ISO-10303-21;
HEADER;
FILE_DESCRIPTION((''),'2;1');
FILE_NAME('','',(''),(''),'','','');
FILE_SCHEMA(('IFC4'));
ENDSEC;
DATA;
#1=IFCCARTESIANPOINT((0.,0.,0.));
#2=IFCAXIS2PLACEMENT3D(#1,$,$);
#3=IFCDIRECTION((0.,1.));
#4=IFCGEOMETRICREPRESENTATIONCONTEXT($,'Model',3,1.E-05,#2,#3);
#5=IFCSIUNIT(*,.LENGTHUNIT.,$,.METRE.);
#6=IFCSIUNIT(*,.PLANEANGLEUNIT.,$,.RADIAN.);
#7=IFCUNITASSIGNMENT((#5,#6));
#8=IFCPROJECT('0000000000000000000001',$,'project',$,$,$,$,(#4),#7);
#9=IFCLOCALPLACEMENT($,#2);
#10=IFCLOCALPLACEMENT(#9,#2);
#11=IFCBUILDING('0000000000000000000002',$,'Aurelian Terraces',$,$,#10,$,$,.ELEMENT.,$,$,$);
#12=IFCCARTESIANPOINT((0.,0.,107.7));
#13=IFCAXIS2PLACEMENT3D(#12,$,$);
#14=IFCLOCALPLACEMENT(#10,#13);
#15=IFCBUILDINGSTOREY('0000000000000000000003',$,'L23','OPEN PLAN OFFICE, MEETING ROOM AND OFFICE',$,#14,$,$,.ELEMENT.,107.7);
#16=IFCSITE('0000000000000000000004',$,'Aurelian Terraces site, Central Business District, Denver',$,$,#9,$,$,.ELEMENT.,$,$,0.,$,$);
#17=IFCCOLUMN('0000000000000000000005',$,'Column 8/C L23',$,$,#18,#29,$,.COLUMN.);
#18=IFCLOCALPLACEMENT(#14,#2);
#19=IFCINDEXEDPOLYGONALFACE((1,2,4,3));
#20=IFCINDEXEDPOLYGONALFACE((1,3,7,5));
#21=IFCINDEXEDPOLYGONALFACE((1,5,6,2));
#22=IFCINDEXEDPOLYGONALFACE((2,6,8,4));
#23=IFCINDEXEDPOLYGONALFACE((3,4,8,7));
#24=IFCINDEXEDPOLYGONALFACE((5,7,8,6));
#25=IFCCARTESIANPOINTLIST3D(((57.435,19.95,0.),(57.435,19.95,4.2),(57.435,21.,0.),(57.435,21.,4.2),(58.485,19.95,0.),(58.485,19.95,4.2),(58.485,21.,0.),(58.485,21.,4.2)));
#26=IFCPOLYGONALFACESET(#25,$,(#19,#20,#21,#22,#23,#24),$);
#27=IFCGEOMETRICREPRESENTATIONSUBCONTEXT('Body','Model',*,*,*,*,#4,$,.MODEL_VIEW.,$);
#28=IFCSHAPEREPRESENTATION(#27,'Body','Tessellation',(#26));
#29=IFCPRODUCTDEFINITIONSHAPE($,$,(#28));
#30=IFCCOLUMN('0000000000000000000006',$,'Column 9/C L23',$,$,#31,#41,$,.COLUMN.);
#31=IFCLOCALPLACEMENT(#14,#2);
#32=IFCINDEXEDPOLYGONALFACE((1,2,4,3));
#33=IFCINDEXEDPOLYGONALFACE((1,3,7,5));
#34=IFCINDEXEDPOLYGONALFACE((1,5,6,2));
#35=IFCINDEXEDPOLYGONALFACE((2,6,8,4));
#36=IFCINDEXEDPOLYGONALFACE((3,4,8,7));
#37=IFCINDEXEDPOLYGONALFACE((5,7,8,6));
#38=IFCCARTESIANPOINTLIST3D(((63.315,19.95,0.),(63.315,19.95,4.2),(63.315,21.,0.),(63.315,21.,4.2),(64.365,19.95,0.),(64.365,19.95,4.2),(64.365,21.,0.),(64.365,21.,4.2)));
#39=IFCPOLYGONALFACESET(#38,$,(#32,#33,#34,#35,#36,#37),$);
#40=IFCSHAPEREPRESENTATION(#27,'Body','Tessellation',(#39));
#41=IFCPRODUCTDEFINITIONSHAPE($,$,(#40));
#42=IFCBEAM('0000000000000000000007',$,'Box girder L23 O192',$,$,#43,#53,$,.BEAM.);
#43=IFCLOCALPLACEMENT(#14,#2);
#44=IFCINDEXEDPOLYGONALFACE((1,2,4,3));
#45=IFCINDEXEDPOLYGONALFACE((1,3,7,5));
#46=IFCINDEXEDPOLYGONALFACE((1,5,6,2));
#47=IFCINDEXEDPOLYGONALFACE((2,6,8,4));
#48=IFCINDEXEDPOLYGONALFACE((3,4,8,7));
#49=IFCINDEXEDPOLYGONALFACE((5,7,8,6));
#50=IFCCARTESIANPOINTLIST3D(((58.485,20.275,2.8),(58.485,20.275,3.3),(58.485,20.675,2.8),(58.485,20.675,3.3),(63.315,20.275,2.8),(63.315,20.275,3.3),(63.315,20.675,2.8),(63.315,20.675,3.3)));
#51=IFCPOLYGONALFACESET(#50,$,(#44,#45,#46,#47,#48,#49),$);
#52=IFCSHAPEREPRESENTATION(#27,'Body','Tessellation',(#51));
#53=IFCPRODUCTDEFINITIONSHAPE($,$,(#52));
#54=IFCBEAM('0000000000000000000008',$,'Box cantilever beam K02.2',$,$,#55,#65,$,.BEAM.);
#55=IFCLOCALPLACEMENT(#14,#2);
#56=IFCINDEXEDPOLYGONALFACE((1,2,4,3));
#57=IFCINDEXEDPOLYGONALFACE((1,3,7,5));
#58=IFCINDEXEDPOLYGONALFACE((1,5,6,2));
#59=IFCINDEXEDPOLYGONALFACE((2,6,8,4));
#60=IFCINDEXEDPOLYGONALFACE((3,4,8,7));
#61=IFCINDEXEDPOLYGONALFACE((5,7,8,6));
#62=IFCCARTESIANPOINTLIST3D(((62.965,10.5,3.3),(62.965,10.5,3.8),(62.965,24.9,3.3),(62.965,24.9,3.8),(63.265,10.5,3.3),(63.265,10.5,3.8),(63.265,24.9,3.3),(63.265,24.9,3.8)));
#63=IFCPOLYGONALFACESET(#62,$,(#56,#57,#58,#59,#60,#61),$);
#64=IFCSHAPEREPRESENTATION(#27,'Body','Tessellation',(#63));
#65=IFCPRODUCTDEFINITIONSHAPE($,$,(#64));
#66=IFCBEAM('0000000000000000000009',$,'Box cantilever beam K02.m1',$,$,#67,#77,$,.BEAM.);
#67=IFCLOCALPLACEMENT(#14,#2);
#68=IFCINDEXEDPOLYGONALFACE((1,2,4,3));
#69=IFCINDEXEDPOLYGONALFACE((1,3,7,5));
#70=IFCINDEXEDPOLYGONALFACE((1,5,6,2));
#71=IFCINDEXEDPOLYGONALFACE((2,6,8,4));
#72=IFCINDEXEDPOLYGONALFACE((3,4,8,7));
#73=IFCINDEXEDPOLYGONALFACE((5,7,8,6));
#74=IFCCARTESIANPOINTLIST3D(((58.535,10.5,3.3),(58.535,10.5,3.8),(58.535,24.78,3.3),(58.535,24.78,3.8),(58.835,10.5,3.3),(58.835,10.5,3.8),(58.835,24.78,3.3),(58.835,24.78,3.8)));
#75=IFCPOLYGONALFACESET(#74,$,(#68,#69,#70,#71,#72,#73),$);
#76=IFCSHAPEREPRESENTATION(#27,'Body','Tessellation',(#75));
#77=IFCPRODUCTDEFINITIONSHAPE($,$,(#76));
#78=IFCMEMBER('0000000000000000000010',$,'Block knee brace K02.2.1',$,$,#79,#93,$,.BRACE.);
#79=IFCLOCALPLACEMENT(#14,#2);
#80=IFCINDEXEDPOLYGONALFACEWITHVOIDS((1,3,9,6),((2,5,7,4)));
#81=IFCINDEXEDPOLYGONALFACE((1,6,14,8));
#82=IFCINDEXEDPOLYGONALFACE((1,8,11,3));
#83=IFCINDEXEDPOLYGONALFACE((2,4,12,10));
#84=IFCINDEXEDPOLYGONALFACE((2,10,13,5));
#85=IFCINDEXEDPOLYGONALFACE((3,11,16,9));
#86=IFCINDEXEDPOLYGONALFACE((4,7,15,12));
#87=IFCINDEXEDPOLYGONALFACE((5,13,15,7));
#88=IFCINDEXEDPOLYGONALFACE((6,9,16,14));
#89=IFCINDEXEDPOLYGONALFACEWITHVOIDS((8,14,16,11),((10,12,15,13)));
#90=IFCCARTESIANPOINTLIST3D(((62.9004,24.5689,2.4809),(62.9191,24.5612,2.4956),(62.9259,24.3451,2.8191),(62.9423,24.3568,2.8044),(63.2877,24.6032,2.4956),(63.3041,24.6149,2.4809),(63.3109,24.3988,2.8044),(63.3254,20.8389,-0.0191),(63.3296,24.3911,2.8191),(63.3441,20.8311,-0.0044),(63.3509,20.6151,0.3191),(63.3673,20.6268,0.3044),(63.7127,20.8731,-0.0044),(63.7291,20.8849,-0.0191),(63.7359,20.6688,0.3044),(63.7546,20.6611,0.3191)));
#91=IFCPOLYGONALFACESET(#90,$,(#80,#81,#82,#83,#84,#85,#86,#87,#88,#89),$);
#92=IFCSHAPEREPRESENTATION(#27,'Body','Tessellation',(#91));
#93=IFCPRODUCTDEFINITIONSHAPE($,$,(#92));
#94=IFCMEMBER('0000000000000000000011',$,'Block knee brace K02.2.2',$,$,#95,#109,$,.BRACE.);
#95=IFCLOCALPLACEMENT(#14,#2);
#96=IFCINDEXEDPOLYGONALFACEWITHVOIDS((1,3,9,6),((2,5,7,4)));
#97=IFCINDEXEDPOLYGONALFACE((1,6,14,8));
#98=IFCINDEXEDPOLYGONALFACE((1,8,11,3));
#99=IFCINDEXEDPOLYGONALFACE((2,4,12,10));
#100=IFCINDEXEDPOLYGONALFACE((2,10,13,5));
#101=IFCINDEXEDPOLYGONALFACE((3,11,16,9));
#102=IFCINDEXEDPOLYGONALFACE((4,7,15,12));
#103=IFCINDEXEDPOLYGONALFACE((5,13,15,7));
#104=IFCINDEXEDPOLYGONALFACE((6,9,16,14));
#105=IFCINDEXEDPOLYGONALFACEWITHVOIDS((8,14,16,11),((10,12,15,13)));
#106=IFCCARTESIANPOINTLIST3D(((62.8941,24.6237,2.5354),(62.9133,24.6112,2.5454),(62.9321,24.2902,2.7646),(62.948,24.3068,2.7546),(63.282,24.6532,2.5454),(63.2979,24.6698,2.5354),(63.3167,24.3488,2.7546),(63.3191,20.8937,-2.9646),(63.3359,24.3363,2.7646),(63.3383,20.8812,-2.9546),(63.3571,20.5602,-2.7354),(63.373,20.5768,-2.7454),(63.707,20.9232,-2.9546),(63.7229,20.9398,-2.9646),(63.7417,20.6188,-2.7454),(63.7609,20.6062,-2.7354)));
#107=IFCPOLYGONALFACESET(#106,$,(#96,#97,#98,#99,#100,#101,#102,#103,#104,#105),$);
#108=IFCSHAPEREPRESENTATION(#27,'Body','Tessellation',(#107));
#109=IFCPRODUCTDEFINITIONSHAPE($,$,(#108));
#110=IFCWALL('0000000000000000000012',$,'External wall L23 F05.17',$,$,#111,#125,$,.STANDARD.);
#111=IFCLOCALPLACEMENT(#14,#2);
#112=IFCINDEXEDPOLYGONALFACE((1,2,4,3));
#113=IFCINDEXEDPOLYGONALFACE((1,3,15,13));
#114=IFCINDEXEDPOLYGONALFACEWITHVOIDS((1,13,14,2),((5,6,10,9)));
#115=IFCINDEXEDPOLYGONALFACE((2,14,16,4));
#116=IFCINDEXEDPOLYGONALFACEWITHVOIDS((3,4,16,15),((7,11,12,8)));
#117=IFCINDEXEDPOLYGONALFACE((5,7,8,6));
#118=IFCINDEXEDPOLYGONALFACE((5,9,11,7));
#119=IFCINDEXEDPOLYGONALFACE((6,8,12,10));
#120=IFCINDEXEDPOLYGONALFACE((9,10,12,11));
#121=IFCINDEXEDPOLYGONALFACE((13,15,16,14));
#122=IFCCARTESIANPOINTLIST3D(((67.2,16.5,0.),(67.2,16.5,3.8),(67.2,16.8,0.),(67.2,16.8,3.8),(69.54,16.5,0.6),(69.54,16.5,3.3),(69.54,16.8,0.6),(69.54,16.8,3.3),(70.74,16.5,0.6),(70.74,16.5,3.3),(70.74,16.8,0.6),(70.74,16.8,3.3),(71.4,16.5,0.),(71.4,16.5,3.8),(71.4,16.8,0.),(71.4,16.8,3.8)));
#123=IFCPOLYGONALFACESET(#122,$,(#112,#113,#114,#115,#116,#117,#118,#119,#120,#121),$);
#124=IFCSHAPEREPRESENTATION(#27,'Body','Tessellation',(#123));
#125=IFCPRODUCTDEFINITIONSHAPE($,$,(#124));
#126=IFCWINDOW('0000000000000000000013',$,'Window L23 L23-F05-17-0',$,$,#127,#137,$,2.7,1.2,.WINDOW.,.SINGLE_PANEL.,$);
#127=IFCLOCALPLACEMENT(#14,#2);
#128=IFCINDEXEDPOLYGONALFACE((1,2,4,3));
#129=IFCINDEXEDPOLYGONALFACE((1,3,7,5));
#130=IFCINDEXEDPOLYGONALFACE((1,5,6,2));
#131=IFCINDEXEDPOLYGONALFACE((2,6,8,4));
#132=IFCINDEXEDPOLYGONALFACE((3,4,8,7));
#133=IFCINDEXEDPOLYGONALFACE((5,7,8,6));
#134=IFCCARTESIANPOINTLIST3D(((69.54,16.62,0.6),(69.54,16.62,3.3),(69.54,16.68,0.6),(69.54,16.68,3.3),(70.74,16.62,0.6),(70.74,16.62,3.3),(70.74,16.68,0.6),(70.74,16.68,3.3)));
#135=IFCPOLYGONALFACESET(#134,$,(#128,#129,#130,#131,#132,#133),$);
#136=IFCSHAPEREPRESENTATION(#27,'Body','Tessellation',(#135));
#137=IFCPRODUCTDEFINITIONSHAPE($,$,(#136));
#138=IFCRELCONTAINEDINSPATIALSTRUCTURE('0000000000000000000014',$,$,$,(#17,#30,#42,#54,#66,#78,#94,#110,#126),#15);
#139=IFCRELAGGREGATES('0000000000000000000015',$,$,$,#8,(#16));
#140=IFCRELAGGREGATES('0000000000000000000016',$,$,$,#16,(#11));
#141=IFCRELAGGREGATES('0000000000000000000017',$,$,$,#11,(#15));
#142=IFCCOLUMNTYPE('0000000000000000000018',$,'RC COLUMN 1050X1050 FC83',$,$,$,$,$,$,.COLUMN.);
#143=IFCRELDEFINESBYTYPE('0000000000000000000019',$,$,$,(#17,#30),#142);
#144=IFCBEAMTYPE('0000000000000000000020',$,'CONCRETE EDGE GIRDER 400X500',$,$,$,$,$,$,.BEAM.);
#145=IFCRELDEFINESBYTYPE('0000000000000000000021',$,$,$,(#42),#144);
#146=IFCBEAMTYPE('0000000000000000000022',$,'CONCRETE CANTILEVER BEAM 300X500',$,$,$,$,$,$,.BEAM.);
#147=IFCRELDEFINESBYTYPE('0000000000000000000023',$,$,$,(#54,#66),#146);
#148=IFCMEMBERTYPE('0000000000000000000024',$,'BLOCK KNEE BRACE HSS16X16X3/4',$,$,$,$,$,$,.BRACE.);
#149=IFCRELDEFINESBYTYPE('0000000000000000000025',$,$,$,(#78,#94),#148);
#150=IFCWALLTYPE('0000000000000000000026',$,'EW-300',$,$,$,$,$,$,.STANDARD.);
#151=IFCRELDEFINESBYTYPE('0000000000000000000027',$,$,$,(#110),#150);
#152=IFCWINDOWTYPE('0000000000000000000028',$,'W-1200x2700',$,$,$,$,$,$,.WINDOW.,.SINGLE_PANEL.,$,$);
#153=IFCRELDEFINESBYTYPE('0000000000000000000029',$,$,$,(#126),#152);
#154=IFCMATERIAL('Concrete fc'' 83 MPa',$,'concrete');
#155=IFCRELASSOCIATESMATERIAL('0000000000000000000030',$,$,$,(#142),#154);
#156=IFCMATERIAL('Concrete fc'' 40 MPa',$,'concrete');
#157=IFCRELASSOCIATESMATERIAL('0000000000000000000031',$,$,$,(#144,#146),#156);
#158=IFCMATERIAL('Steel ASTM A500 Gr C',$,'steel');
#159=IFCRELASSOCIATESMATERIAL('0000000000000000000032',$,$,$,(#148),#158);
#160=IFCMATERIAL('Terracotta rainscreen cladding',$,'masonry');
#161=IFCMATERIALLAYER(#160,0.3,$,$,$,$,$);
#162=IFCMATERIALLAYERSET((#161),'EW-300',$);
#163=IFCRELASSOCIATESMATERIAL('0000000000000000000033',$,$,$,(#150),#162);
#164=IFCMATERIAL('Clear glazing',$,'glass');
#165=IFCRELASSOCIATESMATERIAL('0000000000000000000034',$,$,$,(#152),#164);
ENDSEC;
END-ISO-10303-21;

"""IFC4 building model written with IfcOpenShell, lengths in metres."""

from ifc_helpers import new_model, si_unit, direction, frame, frame_2d, origin, origin_2d, place, context, subcontext, project, spatial, rectangle, hollow_rectangle, extrude, source, transform, mapped, material, layer, layer_set, material_profile, profile_set, type_object, element, fill, save


model = new_model("IFC4")

# Units and contexts
model_context = context("Model", 3, precision=1e-05, world=origin(), true_north=direction((0.0, 1.0)))
body_context = subcontext(model_context, "Body", "Model", "MODEL_VIEW")
ifc_project = project(units=[si_unit("LENGTHUNIT", "METRE"), si_unit("PLANEANGLEUNIT", "RADIAN")], contexts=[model_context])

# Site, building, storey
site_placement = place(None, origin())
site = spatial("IfcSite", under=ifc_project, at=site_placement, Name="Aurelian Terraces site, Central Business District, Denver", CompositionType="ELEMENT", RefElevation=0.0)
building_placement = place(site_placement, origin())
building = spatial("IfcBuilding", under=site, at=building_placement, Name="Aurelian Terraces", CompositionType="ELEMENT")
storey_placement = place(building_placement, frame((0.0, 0.0, 107.7)))
storey = spatial("IfcBuildingStorey", under=building, at=storey_placement, Name="L23", Description="OPEN PLAN OFFICE, MEETING ROOM AND OFFICE", CompositionType="ELEMENT", Elevation=107.7)

# Columns
ifc_material_1 = material(Name="Concrete fc' 83 MPa", Category="concrete")
ifc_material_profile_1 = material_profile(ifc_material_1, rectangle(XDim=1.05, YDim=1.05, at=origin_2d()))
ifc_profile_set_1 = profile_set([ifc_material_profile_1], Name="Concrete fc' 83 MPa")
column_type = type_object("IfcColumnType", Name="RC COLUMN 1050X1050 FC83", PredefinedType="COLUMN", material=ifc_profile_set_1)
shared_shape_1 = source(origin(), body_context, "Body", "SweptSolid", [
    extrude(rectangle(XDim=1.05, YDim=1.05, at=origin_2d()), origin(), (0.0, 0.0, 1.0), 4.2),
])
for number, where, z_axis, x_axis, name in (
    (1, (57.96, 20.475, 0.0), (0.0, 0.0, 1.0), (1.0, 0.0, 0.0), "Column 8/C L23"),
    (2, (63.84, 20.475, 0.0), (0.0, 0.0, 1.0), (1.0, 0.0, 0.0), "Column 9/C L23"),
):
    element("IfcColumn", number, at=place(storey_placement, frame(where, z_axis=z_axis, x_axis=x_axis)), inside=storey, type_object=column_type, Name=name, PredefinedType="COLUMN", context=body_context, shape_type="MappedRepresentation", body=[
        mapped(shared_shape_1, transform((0.0, 0.0, 0.0), scale=1.0)),
    ])

# Beams
ifc_material_2 = material(Name="Concrete fc' 40 MPa", Category="concrete")
ifc_material_profile_2 = material_profile(ifc_material_2, rectangle(XDim=0.4, YDim=0.5, at=origin_2d()))
ifc_profile_set_2 = profile_set([ifc_material_profile_2], Name="Concrete fc' 40 MPa")
beam_type_1 = type_object("IfcBeamType", Name="CONCRETE EDGE GIRDER 400X500", PredefinedType="BEAM", material=ifc_profile_set_2)
shared_shape_2 = source(origin(), body_context, "Body", "SweptSolid", [
    extrude(rectangle(XDim=0.4, YDim=0.5, at=origin_2d()), origin(), (0.0, 0.0, 1.0), 4.83),
])
beam_1_placement = place(storey_placement, frame((58.485, 20.475, 3.05), z_axis=(1.0, 0.0, 0.0), x_axis=(0.0, 1.0, 0.0)))
element("IfcBeam", 3, at=beam_1_placement, inside=storey, type_object=beam_type_1, Name="Box girder L23 O192", PredefinedType="BEAM", context=body_context, shape_type="MappedRepresentation", body=[
    mapped(shared_shape_2, transform((0.0, 0.0, 0.0), scale=1.0)),
])
ifc_material_profile_3 = material_profile(ifc_material_2, rectangle(XDim=0.3, YDim=0.5, at=origin_2d()))
ifc_profile_set_3 = profile_set([ifc_material_profile_3], Name="Concrete fc' 40 MPa")
beam_type_2 = type_object("IfcBeamType", Name="CONCRETE CANTILEVER BEAM 300X500", PredefinedType="BEAM", material=ifc_profile_set_3)
shared_shape_3 = source(origin(), body_context, "Body", "SweptSolid", [
    extrude(rectangle(XDim=0.3, YDim=0.5, at=origin_2d()), origin(), (0.0, 0.0, 1.0), 14.4),
])
beam_2_placement = place(storey_placement, frame((63.115, 24.9, 3.55), z_axis=(0.0, -1.0, 0.0), x_axis=(1.0, 0.0, 0.0)))
element("IfcBeam", 4, at=beam_2_placement, inside=storey, type_object=beam_type_2, Name="Box cantilever beam K02.2", PredefinedType="BEAM", context=body_context, shape_type="MappedRepresentation", body=[
    mapped(shared_shape_3, transform((0.0, 0.0, 0.0), scale=1.0)),
])
shared_shape_4 = source(origin(), body_context, "Body", "SweptSolid", [
    extrude(rectangle(XDim=0.3, YDim=0.5, at=origin_2d()), origin(), (0.0, 0.0, 1.0), 14.28),
])
beam_3_placement = place(storey_placement, frame((58.685, 24.78, 3.55), z_axis=(0.0, -1.0, 0.0), x_axis=(1.0, 0.0, 0.0)))
element("IfcBeam", 5, at=beam_3_placement, inside=storey, type_object=beam_type_2, Name="Box cantilever beam K02.m1", PredefinedType="BEAM", context=body_context, shape_type="MappedRepresentation", body=[
    mapped(shared_shape_4, transform((0.0, 0.0, 0.0), scale=1.0)),
])

# Members
ifc_material_3 = material(Name="Steel ASTM A500 Gr C", Category="steel")
ifc_material_profile_4 = material_profile(ifc_material_3, hollow_rectangle(XDim=0.4064, YDim=0.4064, WallThickness=0.0177, at=origin_2d()))
ifc_profile_set_4 = profile_set([ifc_material_profile_4], Name="Steel ASTM A500 Gr C")
member_type = type_object("IfcMemberType", Name="BLOCK KNEE BRACE HSS16X16X3/4", PredefinedType="BRACE", material=ifc_profile_set_4)
shared_shape_5 = source(origin(), body_context, "Body", "SweptSolid", [
    extrude(hollow_rectangle(XDim=0.4064, YDim=0.4064, WallThickness=0.0177, at=origin_2d()), origin(), (0.0, 0.0, 1.0), 4.5104),
])
member_1_placement = place(storey_placement, frame((63.115, 24.48, 2.65), z_axis=(0.094227, -0.826981, -0.554277), x_axis=(0.993571, 0.113209, 0.0)))
element("IfcMember", 6, at=member_1_placement, inside=storey, type_object=member_type, Name="Block knee brace K02.2.1", PredefinedType="BRACE", context=body_context, shape_type="MappedRepresentation", body=[
    mapped(shared_shape_5, transform((0.0, 0.0, 0.0), scale=1.0)),
])
shared_shape_6 = source(origin(), body_context, "Body", "SweptSolid", [
    extrude(hollow_rectangle(XDim=0.4064, YDim=0.4064, WallThickness=0.0177, at=origin_2d()), origin(), (0.0, 0.0, 1.0), 6.6591),
])
member_2_placement = place(storey_placement, frame((63.115, 24.48, 2.65), z_axis=(0.063823, -0.560136, -0.825938), x_axis=(0.993571, 0.113209, 0.0)))
element("IfcMember", 7, at=member_2_placement, inside=storey, type_object=member_type, Name="Block knee brace K02.2.2", PredefinedType="BRACE", context=body_context, shape_type="MappedRepresentation", body=[
    mapped(shared_shape_6, transform((0.0, 0.0, 0.0), scale=1.0)),
])

# Wall, opening, window
ifc_material_4 = material(Name="Terracotta rainscreen cladding", Category="masonry")
ifc_layer_1 = layer(ifc_material_4, 0.3)
ifc_layer_set_1 = layer_set([ifc_layer_1], Name="EW-300")
wall_type_1 = type_object("IfcWallType", Name="EW-300", PredefinedType="STANDARD", material=ifc_layer_set_1)
shared_shape_7 = source(origin(), body_context, "Body", "SweptSolid", [
    extrude(rectangle(XDim=4.2, YDim=0.3, at=frame_2d((2.1, 0.0))), origin(), (0.0, 0.0, 1.0), 3.8),
])
wall_1_placement = place(storey_placement, frame((71.4, 16.65, 0.0), z_axis=(0.0, 0.0, 1.0), x_axis=(-1.0, 0.0, 0.0)))
wall_1 = element("IfcWall", 8, at=wall_1_placement, inside=storey, type_object=wall_type_1, Name="External wall L23 F05.17", PredefinedType="STANDARD", context=body_context, shape_type="MappedRepresentation", body=[
    mapped(shared_shape_7, transform((0.0, 0.0, 0.0), scale=1.0)),
])
shared_shape_8 = source(origin(), body_context, "Body", "SweptSolid", [
    extrude(rectangle(XDim=1.2, YDim=2.7, at=frame_2d((0.6, 1.35))), frame((0.0, 0.16, 0.0), z_axis=(0.0, -1.0, 0.0), x_axis=(1.0, 0.0, 0.0)), (0.0, 0.0, 1.0), 0.32),
])
opening_1_placement = place(wall_1_placement, frame((0.66, 0.0, 0.6)))
opening_1 = element("IfcOpeningElement", 9, at=opening_1_placement, cuts=wall_1, PredefinedType="OPENING", context=body_context, shape_type="MappedRepresentation", body=[
    mapped(shared_shape_8, transform((0.0, 0.0, 0.0), scale=1.0)),
])
ifc_material_5 = material(Name="Clear glazing", Category="glass")
window_type_1 = type_object("IfcWindowType", Name="W-1200x2700", PartitioningType="SINGLE_PANEL", PredefinedType="WINDOW", material=ifc_material_5)
shared_shape_9 = source(origin(), body_context, "Body", "SweptSolid", [
    extrude(rectangle(XDim=1.2, YDim=2.7, at=frame_2d((0.6, 1.35))), frame((0.0, 0.03, 0.0), z_axis=(0.0, -1.0, 0.0), x_axis=(1.0, 0.0, 0.0)), (0.0, 0.0, 1.0), 0.06),
])
window_1_placement = place(opening_1_placement, origin())
window_1 = element("IfcWindow", 10, at=window_1_placement, inside=storey, type_object=window_type_1, Name="Window L23 L23-F05-17-0", OverallHeight=2.7, OverallWidth=1.2, PartitioningType="SINGLE_PANEL", PredefinedType="WINDOW", context=body_context, shape_type="MappedRepresentation", body=[
    mapped(shared_shape_9, transform((0.0, 0.0, 0.0), scale=1.0)),
])
fill(opening_1, window_1)

save(model, "model.ifc")
